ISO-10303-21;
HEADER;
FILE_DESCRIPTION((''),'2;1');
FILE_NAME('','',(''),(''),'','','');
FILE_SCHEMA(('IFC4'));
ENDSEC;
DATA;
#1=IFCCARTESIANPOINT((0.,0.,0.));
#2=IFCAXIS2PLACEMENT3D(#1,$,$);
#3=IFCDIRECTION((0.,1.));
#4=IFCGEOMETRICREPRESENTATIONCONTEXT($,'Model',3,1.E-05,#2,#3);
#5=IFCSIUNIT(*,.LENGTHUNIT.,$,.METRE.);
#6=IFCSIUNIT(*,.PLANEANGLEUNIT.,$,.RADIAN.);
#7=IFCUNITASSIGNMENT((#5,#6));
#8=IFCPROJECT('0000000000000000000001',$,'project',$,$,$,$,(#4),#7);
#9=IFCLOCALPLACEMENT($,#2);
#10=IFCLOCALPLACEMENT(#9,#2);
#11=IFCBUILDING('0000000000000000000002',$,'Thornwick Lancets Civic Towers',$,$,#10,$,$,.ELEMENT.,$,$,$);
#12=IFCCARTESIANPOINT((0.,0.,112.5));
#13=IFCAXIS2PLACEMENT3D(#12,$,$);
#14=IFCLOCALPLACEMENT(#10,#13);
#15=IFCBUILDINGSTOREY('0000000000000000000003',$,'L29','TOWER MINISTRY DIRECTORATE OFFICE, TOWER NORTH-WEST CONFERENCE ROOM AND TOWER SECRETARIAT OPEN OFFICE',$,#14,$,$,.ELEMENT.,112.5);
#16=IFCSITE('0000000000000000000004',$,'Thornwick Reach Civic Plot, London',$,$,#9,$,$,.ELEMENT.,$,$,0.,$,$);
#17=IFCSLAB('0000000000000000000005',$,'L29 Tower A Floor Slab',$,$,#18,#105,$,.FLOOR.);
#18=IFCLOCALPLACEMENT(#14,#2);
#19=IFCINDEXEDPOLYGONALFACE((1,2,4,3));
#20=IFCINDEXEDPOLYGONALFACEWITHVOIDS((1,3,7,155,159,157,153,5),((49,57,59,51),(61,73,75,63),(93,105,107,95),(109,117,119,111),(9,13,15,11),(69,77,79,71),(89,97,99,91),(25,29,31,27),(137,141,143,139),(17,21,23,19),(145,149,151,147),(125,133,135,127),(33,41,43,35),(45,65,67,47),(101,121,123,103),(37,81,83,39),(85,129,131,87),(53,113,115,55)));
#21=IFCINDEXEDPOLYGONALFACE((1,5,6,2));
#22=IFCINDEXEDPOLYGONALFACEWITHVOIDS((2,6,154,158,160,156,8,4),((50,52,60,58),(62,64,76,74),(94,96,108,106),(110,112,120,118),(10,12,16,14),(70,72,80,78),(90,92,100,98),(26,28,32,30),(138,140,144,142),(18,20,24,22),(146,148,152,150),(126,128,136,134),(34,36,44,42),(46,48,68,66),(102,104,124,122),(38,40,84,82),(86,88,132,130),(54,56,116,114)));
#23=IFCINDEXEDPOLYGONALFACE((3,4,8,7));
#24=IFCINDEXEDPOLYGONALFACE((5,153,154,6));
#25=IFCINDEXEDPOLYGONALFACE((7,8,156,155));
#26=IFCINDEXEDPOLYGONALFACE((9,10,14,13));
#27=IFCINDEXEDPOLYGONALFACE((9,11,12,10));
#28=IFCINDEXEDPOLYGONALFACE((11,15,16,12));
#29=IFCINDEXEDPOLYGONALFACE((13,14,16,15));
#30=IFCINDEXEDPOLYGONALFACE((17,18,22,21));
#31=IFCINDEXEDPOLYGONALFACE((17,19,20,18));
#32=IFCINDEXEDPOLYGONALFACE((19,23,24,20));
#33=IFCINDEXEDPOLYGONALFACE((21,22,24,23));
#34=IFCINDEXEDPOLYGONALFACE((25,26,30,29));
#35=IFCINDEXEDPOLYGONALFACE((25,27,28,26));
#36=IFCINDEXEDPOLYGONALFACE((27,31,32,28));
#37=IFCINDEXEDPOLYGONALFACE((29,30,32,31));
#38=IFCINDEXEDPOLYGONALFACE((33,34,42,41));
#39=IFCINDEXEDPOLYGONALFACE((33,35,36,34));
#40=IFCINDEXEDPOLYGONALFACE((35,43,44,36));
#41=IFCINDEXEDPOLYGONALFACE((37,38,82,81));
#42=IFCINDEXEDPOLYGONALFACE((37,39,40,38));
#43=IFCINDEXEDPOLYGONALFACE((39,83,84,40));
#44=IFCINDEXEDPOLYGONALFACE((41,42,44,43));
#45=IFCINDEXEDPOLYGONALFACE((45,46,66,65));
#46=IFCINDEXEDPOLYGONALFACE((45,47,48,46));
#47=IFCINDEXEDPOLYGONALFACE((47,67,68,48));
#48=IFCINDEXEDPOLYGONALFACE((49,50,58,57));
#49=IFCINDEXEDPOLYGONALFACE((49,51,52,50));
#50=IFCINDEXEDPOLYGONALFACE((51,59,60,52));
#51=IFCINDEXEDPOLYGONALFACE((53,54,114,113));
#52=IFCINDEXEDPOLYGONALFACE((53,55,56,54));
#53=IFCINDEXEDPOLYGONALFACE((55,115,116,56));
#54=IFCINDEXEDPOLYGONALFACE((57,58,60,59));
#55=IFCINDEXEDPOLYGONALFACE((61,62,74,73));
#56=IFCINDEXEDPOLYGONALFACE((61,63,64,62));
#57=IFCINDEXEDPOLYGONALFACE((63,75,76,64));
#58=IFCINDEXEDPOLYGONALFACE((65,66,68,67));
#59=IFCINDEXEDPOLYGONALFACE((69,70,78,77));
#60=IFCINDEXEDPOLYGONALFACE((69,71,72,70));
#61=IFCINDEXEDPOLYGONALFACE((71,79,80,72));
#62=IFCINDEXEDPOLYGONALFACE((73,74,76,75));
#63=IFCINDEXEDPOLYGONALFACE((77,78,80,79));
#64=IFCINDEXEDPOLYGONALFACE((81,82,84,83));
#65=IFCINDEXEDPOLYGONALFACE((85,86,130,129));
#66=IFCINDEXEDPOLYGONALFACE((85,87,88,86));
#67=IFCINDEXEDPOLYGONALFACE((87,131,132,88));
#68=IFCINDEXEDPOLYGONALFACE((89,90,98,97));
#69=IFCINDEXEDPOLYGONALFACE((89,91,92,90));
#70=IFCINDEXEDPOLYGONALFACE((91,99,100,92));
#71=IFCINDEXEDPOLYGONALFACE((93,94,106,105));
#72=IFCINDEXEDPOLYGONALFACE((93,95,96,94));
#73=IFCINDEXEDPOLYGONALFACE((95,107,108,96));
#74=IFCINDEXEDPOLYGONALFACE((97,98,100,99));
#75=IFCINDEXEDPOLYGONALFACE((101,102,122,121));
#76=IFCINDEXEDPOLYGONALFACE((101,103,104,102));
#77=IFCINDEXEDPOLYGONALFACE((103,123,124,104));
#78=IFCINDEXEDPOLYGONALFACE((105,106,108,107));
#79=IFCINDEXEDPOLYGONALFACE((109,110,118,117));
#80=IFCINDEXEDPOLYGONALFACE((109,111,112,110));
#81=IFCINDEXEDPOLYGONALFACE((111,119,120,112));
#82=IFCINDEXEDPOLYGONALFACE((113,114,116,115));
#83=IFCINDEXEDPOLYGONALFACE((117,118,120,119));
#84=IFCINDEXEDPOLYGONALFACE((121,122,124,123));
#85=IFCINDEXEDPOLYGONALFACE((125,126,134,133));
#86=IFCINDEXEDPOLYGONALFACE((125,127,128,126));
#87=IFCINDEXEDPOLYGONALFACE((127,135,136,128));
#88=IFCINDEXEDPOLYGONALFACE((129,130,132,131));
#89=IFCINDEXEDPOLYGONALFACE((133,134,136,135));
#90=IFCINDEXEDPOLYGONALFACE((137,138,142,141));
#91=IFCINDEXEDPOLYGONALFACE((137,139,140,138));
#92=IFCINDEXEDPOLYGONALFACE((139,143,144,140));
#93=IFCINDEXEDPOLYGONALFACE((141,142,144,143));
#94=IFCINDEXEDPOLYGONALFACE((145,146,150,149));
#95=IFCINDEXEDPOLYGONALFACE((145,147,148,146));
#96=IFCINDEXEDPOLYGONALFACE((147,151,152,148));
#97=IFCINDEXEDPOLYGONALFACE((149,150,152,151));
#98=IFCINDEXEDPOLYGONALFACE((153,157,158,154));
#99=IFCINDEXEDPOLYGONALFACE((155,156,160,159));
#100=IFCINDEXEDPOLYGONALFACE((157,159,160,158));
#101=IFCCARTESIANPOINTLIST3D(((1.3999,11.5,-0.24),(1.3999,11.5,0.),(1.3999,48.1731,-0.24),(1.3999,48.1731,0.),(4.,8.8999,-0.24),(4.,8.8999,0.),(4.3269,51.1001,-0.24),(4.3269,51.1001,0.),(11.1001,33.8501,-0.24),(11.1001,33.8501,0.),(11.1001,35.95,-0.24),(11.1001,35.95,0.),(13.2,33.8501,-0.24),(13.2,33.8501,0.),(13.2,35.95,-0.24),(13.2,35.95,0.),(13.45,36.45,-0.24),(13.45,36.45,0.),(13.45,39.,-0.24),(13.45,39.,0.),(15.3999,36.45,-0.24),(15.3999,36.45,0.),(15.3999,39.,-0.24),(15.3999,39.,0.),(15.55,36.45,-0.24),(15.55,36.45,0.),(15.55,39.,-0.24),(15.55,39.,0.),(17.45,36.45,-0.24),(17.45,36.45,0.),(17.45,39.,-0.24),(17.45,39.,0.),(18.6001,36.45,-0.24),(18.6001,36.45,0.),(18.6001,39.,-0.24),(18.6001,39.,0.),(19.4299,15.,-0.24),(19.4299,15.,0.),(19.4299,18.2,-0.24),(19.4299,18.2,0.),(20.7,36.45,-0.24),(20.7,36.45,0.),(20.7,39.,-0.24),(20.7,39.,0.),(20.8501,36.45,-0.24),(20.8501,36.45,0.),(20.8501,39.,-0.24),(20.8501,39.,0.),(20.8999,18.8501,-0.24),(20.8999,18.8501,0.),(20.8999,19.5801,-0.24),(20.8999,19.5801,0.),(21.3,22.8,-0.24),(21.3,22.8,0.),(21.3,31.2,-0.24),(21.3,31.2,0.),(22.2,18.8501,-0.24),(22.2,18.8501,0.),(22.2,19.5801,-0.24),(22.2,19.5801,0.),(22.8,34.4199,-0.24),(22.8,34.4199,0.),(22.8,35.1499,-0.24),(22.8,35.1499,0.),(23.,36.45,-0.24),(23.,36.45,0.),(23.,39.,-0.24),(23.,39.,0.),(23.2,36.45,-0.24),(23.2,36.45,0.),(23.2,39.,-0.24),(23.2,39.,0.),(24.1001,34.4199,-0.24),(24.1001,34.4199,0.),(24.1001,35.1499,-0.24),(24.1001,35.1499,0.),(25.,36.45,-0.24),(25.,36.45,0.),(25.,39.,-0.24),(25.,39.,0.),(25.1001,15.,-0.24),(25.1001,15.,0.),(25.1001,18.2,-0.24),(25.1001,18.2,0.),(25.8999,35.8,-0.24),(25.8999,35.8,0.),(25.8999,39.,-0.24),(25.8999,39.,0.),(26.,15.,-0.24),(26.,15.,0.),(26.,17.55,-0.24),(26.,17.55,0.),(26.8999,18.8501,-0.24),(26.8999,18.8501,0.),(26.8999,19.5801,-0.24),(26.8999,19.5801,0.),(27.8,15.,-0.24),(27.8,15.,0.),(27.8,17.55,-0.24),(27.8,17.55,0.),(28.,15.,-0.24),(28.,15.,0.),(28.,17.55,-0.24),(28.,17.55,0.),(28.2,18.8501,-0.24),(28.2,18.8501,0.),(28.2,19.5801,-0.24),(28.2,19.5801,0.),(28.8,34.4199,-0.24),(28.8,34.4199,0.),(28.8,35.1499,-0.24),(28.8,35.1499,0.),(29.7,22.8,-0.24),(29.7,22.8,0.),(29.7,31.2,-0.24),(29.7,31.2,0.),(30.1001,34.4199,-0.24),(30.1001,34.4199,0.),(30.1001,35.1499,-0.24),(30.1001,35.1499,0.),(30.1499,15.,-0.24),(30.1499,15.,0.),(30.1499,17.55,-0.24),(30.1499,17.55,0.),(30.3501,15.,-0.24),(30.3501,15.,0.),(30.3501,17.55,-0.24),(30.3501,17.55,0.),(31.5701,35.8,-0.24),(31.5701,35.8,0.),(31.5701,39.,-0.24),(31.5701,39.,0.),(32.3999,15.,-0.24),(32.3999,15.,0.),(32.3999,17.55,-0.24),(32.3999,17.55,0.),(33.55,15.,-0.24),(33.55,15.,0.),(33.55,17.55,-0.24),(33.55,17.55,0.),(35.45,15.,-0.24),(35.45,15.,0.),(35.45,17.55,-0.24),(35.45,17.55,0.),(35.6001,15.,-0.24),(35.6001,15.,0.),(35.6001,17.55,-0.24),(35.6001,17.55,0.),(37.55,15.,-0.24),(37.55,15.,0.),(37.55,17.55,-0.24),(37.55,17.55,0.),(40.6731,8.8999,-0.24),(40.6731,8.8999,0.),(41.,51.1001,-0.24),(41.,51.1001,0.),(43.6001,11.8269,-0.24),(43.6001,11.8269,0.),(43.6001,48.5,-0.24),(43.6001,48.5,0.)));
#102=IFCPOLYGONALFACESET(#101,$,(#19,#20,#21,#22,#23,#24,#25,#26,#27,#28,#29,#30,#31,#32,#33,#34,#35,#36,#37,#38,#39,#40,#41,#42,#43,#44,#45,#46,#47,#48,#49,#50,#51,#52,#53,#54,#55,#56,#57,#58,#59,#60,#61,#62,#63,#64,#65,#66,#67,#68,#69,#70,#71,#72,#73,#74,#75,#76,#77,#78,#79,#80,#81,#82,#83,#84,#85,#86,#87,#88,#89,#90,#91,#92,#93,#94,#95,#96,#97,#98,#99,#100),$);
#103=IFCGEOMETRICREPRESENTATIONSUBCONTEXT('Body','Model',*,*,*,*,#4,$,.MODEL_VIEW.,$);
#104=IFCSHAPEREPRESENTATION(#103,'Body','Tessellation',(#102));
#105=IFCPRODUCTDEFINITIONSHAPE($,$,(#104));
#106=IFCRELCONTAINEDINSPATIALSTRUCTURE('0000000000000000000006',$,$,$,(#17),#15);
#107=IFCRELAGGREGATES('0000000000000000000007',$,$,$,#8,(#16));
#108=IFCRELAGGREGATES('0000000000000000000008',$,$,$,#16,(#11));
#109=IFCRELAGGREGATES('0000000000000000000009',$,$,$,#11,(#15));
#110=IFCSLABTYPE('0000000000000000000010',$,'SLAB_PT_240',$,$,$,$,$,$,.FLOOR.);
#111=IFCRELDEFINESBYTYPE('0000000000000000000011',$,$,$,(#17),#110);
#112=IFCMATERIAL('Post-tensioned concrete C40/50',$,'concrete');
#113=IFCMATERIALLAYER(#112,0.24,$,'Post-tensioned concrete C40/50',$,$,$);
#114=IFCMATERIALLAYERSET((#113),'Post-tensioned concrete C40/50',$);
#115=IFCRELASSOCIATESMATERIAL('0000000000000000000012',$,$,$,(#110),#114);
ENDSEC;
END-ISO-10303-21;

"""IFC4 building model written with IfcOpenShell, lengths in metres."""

from ifc_helpers import new_model, si_unit, direction, frame, origin, place, context, subcontext, project, spatial, polyline, outline, extrude, material, layer, layer_set, type_object, element, save


model = new_model("IFC4")

# Units and contexts
model_context = context("Model", 3, precision=1e-05, world=origin(), true_north=direction((0.0, 1.0)))
body_context = subcontext(model_context, "Body", "Model", "MODEL_VIEW")
ifc_project = project(units=[si_unit("LENGTHUNIT", "METRE"), si_unit("PLANEANGLEUNIT", "RADIAN")], contexts=[model_context])

# Site, building, storey
site_placement = place(None, origin())
site = spatial("IfcSite", under=ifc_project, at=site_placement, Name="Thornwick Reach Civic Plot, London", CompositionType="ELEMENT", RefElevation=0.0)
building_placement = place(site_placement, origin())
building = spatial("IfcBuilding", under=site, at=building_placement, Name="Thornwick Lancets Civic Towers", CompositionType="ELEMENT")
storey_placement = place(building_placement, frame((0.0, 0.0, 112.5)))
storey = spatial("IfcBuildingStorey", under=building, at=storey_placement, Name="L29", Description="TOWER MINISTRY DIRECTORATE OFFICE, TOWER NORTH-WEST CONFERENCE ROOM AND TOWER SECRETARIAT OPEN OFFICE", CompositionType="ELEMENT", Elevation=112.5)

# Shared definitions
ifc_material_1 = material(Name="Post-tensioned concrete C40/50", Category="concrete")

# Slab
ifc_layer_1 = layer(ifc_material_1, 0.24, Name="Post-tensioned concrete C40/50")
ifc_layer_set_1 = layer_set([ifc_layer_1], Name="Post-tensioned concrete C40/50")
slab_type_1 = type_object("IfcSlabType", Name="SLAB_PT_240", PredefinedType="FLOOR", material=ifc_layer_set_1)
slab_1_placement = place(storey_placement, frame((0.0, 0.0, -0.24)))
element("IfcSlab", 1, at=slab_1_placement, inside=storey, type_object=slab_type_1, Name="L29 Tower A Floor Slab", PredefinedType="FLOOR", context=body_context, shape_type="SweptSolid", body=[
    extrude(outline(polyline([(4.0, 8.8999), (40.6731, 8.8999), (43.6001, 11.8269), (43.6001, 48.5), (41.0, 51.1001), (4.3269, 51.1001), (1.3999, 48.1731), (1.3999, 11.5), (4.0, 8.8999)]), holes=[polyline([(21.3, 22.8), (29.7, 22.8), (29.7, 31.2), (21.3, 31.2), (21.3, 22.8)]), polyline([(19.4299, 15.0), (25.1001, 15.0), (25.1001, 18.2), (19.4299, 18.2), (19.4299, 15.0)]), polyline([(31.5701, 39.0), (25.8999, 39.0), (25.8999, 35.8), (31.5701, 35.8), (31.5701, 39.0)]), polyline([(26.0, 15.0), (27.8, 15.0), (27.8, 17.55), (26.0, 17.55), (26.0, 15.0)]), polyline([(28.0, 15.0), (30.1499, 15.0), (30.1499, 17.55), (28.0, 17.55), (28.0, 15.0)]), polyline([(30.3501, 15.0), (32.3999, 15.0), (32.3999, 17.55), (30.3501, 17.55), (30.3501, 15.0)]), polyline([(33.55, 15.0), (35.45, 15.0), (35.45, 17.55), (33.55, 17.55), (33.55, 15.0)]), polyline([(35.6001, 15.0), (37.55, 15.0), (37.55, 17.55), (35.6001, 17.55), (35.6001, 15.0)]), polyline([(23.2, 36.45), (25.0, 36.45), (25.0, 39.0), (23.2, 39.0), (23.2, 36.45)]), polyline([(20.8501, 36.45), (23.0, 36.45), (23.0, 39.0), (20.8501, 39.0), (20.8501, 36.45)]), polyline([(18.6001, 36.45), (20.7, 36.45), (20.7, 39.0), (18.6001, 39.0), (18.6001, 36.45)]), polyline([(15.55, 36.45), (17.45, 36.45), (17.45, 39.0), (15.55, 39.0), (15.55, 36.45)]), polyline([(13.45, 36.45), (15.3999, 36.45), (15.3999, 39.0), (13.45, 39.0), (13.45, 36.45)]), polyline([(11.1001, 33.8501), (13.2, 33.8501), (13.2, 35.95), (11.1001, 35.95), (11.1001, 33.8501)]), polyline([(26.8999, 18.8501), (28.2, 18.8501), (28.2, 19.5801), (26.8999, 19.5801), (26.8999, 18.8501)]), polyline([(20.8999, 18.8501), (22.2, 18.8501), (22.2, 19.5801), (20.8999, 19.5801), (20.8999, 18.8501)]), polyline([(22.8, 34.4199), (24.1001, 34.4199), (24.1001, 35.1499), (22.8, 35.1499), (22.8, 34.4199)]), polyline([(28.8, 34.4199), (30.1001, 34.4199), (30.1001, 35.1499), (28.8, 35.1499), (28.8, 34.4199)])]), origin(), (0.0, 0.0, 1.0), 0.24),
])

save(model, "model.ifc")
